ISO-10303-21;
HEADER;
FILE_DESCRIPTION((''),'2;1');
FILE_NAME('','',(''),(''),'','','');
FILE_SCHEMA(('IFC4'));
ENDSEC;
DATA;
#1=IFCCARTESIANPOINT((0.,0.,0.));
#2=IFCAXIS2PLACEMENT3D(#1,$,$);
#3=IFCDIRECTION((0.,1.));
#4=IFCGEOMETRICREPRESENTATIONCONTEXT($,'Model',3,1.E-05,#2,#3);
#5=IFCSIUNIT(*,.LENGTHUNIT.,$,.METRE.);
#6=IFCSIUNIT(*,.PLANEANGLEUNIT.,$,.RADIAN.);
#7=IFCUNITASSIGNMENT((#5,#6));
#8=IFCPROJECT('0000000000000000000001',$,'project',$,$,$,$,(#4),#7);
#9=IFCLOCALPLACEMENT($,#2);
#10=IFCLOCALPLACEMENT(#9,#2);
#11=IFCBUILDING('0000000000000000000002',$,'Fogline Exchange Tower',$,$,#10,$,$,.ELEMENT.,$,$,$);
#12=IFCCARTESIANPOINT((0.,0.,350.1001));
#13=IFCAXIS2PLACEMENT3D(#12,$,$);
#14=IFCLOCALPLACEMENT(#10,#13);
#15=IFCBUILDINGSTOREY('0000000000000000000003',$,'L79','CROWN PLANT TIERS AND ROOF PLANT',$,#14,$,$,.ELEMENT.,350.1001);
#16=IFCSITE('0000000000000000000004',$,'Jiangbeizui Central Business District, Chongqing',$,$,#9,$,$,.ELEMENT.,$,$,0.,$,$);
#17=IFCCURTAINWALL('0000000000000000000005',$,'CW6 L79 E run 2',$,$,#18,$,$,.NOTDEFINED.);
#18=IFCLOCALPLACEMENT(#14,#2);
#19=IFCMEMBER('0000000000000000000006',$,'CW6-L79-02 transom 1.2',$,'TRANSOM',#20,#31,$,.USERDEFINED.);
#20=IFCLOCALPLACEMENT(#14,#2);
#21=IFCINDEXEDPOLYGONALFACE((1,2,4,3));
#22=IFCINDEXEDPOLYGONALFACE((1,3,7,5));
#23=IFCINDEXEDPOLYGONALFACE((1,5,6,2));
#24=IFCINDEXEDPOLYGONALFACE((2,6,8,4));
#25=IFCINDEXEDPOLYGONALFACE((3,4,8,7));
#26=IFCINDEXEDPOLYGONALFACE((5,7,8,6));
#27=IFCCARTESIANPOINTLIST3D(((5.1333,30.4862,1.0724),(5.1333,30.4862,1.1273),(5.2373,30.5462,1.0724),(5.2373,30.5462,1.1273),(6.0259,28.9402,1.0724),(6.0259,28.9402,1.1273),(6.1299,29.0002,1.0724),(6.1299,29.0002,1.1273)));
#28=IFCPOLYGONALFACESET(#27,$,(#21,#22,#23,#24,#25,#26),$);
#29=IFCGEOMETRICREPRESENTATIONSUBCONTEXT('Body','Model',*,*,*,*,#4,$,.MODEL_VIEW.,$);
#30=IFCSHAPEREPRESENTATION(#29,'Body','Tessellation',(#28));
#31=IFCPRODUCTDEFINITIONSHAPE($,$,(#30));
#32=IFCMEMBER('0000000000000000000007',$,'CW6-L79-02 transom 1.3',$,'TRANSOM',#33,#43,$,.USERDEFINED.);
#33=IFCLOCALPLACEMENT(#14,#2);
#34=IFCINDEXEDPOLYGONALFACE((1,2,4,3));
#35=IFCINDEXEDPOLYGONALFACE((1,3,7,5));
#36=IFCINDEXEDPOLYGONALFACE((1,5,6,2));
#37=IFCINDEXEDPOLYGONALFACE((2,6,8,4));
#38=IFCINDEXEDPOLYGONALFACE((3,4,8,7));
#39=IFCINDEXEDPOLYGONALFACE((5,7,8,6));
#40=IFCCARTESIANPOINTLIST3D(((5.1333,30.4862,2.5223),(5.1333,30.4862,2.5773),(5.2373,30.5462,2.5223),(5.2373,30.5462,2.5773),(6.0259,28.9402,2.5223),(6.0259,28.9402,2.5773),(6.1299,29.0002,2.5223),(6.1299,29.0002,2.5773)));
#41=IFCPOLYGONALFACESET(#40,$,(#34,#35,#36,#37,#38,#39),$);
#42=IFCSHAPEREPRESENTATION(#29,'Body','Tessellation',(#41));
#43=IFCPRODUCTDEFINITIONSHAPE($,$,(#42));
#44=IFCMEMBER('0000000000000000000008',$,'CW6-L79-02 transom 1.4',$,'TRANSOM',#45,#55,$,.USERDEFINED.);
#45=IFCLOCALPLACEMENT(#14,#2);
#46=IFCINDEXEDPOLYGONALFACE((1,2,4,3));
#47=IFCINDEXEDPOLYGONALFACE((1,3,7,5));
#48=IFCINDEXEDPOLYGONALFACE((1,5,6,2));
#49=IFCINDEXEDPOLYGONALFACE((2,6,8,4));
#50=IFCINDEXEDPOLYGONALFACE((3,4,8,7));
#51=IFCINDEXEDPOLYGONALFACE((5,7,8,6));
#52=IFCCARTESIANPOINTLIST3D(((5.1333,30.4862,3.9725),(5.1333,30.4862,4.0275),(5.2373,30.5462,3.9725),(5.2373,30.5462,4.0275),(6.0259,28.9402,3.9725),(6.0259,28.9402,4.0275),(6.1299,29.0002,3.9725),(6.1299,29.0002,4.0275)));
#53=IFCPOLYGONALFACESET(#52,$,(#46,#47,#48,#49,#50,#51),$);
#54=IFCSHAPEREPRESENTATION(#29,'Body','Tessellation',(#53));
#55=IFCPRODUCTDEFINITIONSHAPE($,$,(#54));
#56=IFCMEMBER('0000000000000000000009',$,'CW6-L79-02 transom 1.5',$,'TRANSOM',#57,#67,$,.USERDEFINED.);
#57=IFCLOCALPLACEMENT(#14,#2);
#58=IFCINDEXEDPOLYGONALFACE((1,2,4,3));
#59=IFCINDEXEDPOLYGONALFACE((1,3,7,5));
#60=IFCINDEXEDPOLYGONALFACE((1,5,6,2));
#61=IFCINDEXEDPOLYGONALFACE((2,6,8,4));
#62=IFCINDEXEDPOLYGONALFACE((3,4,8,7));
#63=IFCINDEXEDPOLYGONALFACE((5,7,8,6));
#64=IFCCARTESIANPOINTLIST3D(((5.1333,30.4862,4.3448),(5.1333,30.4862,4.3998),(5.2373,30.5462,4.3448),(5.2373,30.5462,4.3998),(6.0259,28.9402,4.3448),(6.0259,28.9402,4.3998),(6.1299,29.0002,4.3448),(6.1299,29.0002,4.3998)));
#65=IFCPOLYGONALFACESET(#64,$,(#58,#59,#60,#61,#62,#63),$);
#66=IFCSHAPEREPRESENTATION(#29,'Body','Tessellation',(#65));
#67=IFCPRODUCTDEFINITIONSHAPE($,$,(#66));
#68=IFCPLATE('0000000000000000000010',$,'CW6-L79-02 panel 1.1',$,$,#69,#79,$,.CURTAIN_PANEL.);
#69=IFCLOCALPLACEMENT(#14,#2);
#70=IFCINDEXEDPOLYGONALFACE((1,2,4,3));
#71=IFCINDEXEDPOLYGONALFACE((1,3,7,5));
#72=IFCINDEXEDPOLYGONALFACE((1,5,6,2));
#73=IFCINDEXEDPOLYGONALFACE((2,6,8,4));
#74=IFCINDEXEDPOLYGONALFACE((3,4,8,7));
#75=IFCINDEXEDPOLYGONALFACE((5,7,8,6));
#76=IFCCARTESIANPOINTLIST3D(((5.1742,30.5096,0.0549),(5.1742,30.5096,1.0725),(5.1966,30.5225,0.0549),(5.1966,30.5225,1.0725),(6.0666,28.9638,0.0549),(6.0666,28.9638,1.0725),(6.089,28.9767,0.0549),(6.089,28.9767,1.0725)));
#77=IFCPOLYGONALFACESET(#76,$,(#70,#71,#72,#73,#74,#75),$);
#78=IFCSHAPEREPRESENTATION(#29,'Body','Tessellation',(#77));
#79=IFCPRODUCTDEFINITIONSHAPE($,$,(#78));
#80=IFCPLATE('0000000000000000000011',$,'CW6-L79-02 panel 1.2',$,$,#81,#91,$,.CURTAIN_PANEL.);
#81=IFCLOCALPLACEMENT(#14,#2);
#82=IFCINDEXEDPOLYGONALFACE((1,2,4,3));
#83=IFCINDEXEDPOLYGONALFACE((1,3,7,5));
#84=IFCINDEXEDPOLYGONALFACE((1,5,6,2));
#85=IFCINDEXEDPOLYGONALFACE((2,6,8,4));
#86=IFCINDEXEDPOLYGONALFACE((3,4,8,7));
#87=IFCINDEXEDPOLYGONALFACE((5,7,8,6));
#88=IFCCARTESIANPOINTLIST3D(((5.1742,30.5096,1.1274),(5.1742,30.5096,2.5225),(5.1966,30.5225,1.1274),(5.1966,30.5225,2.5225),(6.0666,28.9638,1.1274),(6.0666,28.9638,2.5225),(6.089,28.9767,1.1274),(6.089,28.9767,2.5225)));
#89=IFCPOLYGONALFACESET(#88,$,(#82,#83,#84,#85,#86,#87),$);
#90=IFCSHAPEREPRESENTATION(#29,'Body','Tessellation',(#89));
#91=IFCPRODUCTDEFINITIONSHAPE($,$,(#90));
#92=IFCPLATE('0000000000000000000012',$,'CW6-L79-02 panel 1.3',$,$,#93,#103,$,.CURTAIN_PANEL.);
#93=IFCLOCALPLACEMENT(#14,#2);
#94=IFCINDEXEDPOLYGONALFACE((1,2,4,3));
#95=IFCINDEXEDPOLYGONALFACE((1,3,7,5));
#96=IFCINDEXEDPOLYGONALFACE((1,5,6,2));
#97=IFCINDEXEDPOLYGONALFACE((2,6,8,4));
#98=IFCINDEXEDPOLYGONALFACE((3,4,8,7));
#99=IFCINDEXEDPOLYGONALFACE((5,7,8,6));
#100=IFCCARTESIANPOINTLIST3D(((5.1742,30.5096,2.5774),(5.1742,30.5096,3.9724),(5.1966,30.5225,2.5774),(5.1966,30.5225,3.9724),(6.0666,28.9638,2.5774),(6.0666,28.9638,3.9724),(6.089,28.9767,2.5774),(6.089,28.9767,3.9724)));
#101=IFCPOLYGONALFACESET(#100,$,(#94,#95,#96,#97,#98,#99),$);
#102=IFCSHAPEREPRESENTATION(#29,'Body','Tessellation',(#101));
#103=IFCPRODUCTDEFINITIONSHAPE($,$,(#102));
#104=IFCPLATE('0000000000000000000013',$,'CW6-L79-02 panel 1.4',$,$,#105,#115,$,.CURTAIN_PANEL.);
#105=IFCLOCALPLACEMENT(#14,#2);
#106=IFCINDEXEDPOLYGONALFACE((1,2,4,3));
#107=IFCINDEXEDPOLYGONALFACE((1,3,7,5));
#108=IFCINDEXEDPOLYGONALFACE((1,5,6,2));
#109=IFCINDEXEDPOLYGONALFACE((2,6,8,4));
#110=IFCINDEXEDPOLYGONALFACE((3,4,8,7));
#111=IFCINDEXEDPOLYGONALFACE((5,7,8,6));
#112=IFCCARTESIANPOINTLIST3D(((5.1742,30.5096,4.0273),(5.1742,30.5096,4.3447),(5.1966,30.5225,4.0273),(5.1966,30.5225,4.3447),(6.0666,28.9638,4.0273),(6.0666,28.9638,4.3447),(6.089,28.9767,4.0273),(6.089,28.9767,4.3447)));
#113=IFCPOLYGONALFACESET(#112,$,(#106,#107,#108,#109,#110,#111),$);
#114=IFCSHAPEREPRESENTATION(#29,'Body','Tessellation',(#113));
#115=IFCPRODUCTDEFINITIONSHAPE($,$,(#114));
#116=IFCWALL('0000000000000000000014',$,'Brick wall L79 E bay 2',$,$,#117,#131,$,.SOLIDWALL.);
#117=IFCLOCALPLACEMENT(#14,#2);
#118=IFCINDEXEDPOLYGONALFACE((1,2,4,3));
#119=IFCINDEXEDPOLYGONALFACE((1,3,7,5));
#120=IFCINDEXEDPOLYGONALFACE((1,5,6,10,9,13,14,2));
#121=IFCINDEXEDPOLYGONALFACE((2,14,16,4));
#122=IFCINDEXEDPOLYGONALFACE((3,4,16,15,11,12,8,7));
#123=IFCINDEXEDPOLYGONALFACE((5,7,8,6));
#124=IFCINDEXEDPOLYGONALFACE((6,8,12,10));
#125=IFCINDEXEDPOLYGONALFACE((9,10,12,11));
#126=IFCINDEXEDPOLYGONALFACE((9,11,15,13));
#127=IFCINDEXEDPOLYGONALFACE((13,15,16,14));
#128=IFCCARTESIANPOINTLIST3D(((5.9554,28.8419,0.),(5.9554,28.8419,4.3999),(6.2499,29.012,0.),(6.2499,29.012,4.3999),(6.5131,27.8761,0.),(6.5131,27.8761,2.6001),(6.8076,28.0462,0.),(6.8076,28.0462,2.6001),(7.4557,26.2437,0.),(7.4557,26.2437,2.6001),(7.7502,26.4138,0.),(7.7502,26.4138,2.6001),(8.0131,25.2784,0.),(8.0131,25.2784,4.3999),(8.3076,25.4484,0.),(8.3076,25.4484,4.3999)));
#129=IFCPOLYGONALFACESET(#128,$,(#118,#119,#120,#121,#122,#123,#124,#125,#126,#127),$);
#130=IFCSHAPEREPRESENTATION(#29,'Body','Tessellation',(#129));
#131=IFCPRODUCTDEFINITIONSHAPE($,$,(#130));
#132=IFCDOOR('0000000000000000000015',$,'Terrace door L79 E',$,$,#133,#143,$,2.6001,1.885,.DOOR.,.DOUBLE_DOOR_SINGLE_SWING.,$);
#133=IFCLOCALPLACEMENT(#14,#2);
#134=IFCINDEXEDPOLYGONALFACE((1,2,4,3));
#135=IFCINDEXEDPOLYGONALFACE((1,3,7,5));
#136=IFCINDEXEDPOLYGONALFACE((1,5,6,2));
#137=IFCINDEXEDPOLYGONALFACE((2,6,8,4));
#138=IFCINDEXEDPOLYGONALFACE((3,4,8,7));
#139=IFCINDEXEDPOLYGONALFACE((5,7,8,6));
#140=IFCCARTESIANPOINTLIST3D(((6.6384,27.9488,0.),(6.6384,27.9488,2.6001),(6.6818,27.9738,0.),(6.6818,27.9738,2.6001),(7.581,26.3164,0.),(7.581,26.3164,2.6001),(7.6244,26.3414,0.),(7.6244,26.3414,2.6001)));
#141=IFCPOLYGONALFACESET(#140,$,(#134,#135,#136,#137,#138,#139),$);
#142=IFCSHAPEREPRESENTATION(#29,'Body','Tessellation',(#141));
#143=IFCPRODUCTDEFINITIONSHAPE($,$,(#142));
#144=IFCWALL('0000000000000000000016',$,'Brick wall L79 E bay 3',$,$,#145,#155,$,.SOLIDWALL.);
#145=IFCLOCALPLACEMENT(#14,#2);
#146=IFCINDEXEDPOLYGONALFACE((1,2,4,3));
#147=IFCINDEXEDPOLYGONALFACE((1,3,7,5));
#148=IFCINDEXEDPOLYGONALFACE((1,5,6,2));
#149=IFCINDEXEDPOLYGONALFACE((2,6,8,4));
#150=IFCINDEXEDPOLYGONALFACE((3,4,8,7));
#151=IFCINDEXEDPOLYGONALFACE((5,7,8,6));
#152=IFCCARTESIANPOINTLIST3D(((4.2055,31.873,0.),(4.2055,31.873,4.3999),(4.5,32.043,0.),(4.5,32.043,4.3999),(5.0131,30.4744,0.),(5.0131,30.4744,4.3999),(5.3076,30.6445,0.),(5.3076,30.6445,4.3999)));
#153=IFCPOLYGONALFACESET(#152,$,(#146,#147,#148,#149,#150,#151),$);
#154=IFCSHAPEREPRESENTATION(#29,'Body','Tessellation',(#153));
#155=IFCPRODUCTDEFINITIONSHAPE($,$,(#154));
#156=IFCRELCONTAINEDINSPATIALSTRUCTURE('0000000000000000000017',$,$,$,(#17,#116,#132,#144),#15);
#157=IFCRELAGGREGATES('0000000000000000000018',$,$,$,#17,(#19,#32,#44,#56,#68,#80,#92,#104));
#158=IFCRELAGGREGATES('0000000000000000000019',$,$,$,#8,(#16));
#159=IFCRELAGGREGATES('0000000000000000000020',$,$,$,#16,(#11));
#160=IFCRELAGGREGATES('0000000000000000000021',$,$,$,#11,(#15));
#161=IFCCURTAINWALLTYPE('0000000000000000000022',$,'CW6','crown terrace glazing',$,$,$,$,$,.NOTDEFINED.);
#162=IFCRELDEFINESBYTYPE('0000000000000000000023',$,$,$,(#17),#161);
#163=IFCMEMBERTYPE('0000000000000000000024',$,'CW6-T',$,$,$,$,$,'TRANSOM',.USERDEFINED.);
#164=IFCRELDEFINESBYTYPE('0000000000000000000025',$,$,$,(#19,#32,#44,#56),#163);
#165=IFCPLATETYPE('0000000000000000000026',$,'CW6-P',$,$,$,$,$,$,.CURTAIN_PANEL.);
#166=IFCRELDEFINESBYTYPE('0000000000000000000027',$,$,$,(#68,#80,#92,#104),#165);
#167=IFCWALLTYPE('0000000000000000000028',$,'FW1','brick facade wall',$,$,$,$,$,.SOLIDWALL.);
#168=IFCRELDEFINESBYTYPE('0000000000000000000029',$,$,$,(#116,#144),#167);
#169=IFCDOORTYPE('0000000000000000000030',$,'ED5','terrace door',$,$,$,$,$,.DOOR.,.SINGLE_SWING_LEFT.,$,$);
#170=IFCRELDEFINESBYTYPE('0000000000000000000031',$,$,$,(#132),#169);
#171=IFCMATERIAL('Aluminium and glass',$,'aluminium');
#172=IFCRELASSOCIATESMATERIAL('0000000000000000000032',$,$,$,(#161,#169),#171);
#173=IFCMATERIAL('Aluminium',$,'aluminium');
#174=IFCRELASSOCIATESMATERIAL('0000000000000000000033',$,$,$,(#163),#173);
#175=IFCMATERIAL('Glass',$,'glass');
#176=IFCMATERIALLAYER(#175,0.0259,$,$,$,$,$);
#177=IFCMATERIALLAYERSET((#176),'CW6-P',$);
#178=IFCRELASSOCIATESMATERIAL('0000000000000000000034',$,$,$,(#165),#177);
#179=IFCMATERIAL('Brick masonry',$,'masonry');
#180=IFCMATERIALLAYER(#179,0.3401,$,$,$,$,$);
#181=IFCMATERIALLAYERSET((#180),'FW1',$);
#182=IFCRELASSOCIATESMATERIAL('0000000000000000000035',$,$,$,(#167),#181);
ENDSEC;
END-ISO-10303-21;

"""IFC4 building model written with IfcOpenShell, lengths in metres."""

from ifc_helpers import new_model, si_unit, direction, frame, frame_2d, origin, origin_2d, place, context, subcontext, project, spatial, rectangle, extrude, material, layer, layer_set, material_profile, profile_set, type_object, element, fill, aggregate, save


model = new_model("IFC4")

# Units and contexts
model_context = context("Model", 3, precision=1e-05, world=origin(), true_north=direction((0.0, 1.0)))
body_context = subcontext(model_context, "Body", "Model", "MODEL_VIEW")
ifc_project = project(units=[si_unit("LENGTHUNIT", "METRE"), si_unit("PLANEANGLEUNIT", "RADIAN")], contexts=[model_context])

# Site, building, storey
site_placement = place(None, origin())
site = spatial("IfcSite", under=ifc_project, at=site_placement, Name="Jiangbeizui Central Business District, Chongqing", CompositionType="ELEMENT", RefElevation=0.0)
building_placement = place(site_placement, origin())
building = spatial("IfcBuilding", under=site, at=building_placement, Name="Fogline Exchange Tower", CompositionType="ELEMENT")
storey_placement = place(building_placement, frame((0.0, 0.0, 350.1001)))
storey = spatial("IfcBuildingStorey", under=building, at=storey_placement, Name="L79", Description="CROWN PLANT TIERS AND ROOF PLANT", CompositionType="ELEMENT", Elevation=350.1001)

# Shared definitions
ifc_material_1 = material(Name="Aluminium and glass", Category="aluminium")
curtain_wall_type = type_object("IfcCurtainWallType", Name="CW6", Description="crown terrace glazing", PredefinedType="NOTDEFINED", material=ifc_material_1)
ifc_material_2 = material(Name="Aluminium", Category="aluminium")

# Curtain wall, members, plates
curtain_wall_1_placement = place(storey_placement, origin())
curtain_wall_1 = element("IfcCurtainWall", 1, at=curtain_wall_1_placement, inside=storey, type_object=curtain_wall_type, Name="CW6 L79 E run 2", PredefinedType="NOTDEFINED")
ifc_material_profile_1 = material_profile(ifc_material_2, rectangle(XDim=0.1201, YDim=0.0549, at=origin_2d()), Name="Transom 55x120")
ifc_profile_set_1 = profile_set([ifc_material_profile_1], Name="Aluminium")
member_type_1 = type_object("IfcMemberType", Name="CW6-T", ElementType="TRANSOM", PredefinedType="USERDEFINED", material=ifc_profile_set_1)
member_1_placement = place(storey_placement, frame((6.0779, 28.9702, 1.0999), z_axis=(-0.500022, 0.866012, 0.0), x_axis=(-0.866012, -0.500022, 0.0)))
member_1 = element("IfcMember", 2, at=member_1_placement, type_object=member_type_1, Name="CW6-L79-02 transom 1.2", ObjectType="TRANSOM", PredefinedType="USERDEFINED", context=body_context, shape_type="SweptSolid", body=[
    extrude(rectangle(XDim=0.1201, YDim=0.0549, at=origin_2d()), origin(), (0.0, 0.0, 1.0), 1.7852),
])
member_2_placement = place(storey_placement, frame((6.0779, 28.9702, 2.5498), z_axis=(-0.500022, 0.866012, 0.0), x_axis=(-0.866012, -0.500022, 0.0)))
member_2 = element("IfcMember", 3, at=member_2_placement, type_object=member_type_1, Name="CW6-L79-02 transom 1.3", ObjectType="TRANSOM", PredefinedType="USERDEFINED", context=body_context, shape_type="SweptSolid", body=[
    extrude(rectangle(XDim=0.1201, YDim=0.0549, at=origin_2d()), origin(), (0.0, 0.0, 1.0), 1.7852),
])
member_3_placement = place(storey_placement, frame((6.0779, 28.9702, 4.0), z_axis=(-0.500022, 0.866012, 0.0), x_axis=(-0.866012, -0.500022, 0.0)))
member_3 = element("IfcMember", 4, at=member_3_placement, type_object=member_type_1, Name="CW6-L79-02 transom 1.4", ObjectType="TRANSOM", PredefinedType="USERDEFINED", context=body_context, shape_type="SweptSolid", body=[
    extrude(rectangle(XDim=0.1201, YDim=0.0549, at=origin_2d()), origin(), (0.0, 0.0, 1.0), 1.7852),
])
member_4_placement = place(storey_placement, frame((6.0779, 28.9702, 4.3723), z_axis=(-0.500022, 0.866012, 0.0), x_axis=(-0.866012, -0.500022, 0.0)))
member_4 = element("IfcMember", 5, at=member_4_placement, type_object=member_type_1, Name="CW6-L79-02 transom 1.5", ObjectType="TRANSOM", PredefinedType="USERDEFINED", context=body_context, shape_type="SweptSolid", body=[
    extrude(rectangle(XDim=0.1201, YDim=0.0549, at=origin_2d()), origin(), (0.0, 0.0, 1.0), 1.7852),
])
ifc_material_3 = material(Name="Glass", Category="glass")
ifc_layer_1 = layer(ifc_material_3, 0.0259)
ifc_layer_set_1 = layer_set([ifc_layer_1], Name="CW6-P")
plate_type = type_object("IfcPlateType", Name="CW6-P", PredefinedType="CURTAIN_PANEL", material=ifc_layer_set_1)
plate_1_placement = place(storey_placement, frame((5.6316, 29.7432, 0.0549), z_axis=(0.0, 0.0, 1.0), x_axis=(-0.5, 0.866026, 0.0)))
plate_1 = element("IfcPlate", 6, at=plate_1_placement, type_object=plate_type, Name="CW6-L79-02 panel 1.1", PredefinedType="CURTAIN_PANEL", context=body_context, shape_type="SweptSolid", body=[
    extrude(rectangle(XDim=1.7849, YDim=0.0259, at=origin_2d()), origin(), (0.0, 0.0, 1.0), 1.0176),
])
plate_2_placement = place(storey_placement, frame((5.6316, 29.7432, 1.1274), z_axis=(0.0, 0.0, 1.0), x_axis=(-0.5, 0.866026, 0.0)))
plate_2 = element("IfcPlate", 7, at=plate_2_placement, type_object=plate_type, Name="CW6-L79-02 panel 1.2", PredefinedType="CURTAIN_PANEL", context=body_context, shape_type="SweptSolid", body=[
    extrude(rectangle(XDim=1.7849, YDim=0.0259, at=origin_2d()), origin(), (0.0, 0.0, 1.0), 1.395),
])
plate_3_placement = place(storey_placement, frame((5.6316, 29.7432, 2.5774), z_axis=(0.0, 0.0, 1.0), x_axis=(-0.5, 0.866026, 0.0)))
plate_3 = element("IfcPlate", 8, at=plate_3_placement, type_object=plate_type, Name="CW6-L79-02 panel 1.3", PredefinedType="CURTAIN_PANEL", context=body_context, shape_type="SweptSolid", body=[
    extrude(rectangle(XDim=1.7849, YDim=0.0259, at=origin_2d()), origin(), (0.0, 0.0, 1.0), 1.395),
])
plate_4_placement = place(storey_placement, frame((5.6316, 29.7432, 4.0273), z_axis=(0.0, 0.0, 1.0), x_axis=(-0.5, 0.866026, 0.0)))
plate_4 = element("IfcPlate", 9, at=plate_4_placement, type_object=plate_type, Name="CW6-L79-02 panel 1.4", PredefinedType="CURTAIN_PANEL", context=body_context, shape_type="SweptSolid", body=[
    extrude(rectangle(XDim=1.7849, YDim=0.0259, at=origin_2d()), origin(), (0.0, 0.0, 1.0), 0.3174),
])
aggregate(curtain_wall_1, [member_1, member_2, member_3, member_4, plate_1, plate_2, plate_3, plate_4])

# Wall, opening, door
ifc_material_4 = material(Name="Brick masonry", Category="masonry")
ifc_layer_2 = layer(ifc_material_4, 0.3401)
ifc_layer_set_2 = layer_set([ifc_layer_2], Name="FW1")
wall_type_1 = type_object("IfcWallType", Name="FW1", Description="brick facade wall", PredefinedType="SOLIDWALL", material=ifc_layer_set_2)
wall_1_placement = place(storey_placement, frame((8.1604, 25.3633, 0.0), z_axis=(0.0, 0.0, 1.0), x_axis=(-0.500044, 0.866, 0.0)))
wall_1 = element("IfcWall", 10, at=wall_1_placement, inside=storey, type_object=wall_type_1, Name="Brick wall L79 E bay 2", PredefinedType="SOLIDWALL", context=body_context, shape_type="SweptSolid", body=[
    extrude(rectangle(XDim=4.115, YDim=0.3401, at=frame_2d((2.0576, 0.0))), origin(), (0.0, 0.0, 1.0), 4.3999),
])
opening_1_placement = place(wall_1_placement, frame((1.115, 0.0, 0.0)))
opening_1 = element("IfcOpeningElement", 11, at=opening_1_placement, cuts=wall_1, PredefinedType="OPENING", context=body_context, shape_type="SweptSolid", body=[
    extrude(rectangle(XDim=1.885, YDim=2.6001, at=frame_2d((0.9424, 1.3))), frame((0.0, 0.1802, 0.0), z_axis=(0.0, -1.0, 0.0), x_axis=(1.0, 0.0, 0.0)), (0.0, 0.0, 1.0), 0.3601),
])
door_type_1 = type_object("IfcDoorType", Name="ED5", Description="terrace door", OperationType="SINGLE_SWING_LEFT", PredefinedType="DOOR", material=ifc_material_1)
door_1_placement = place(opening_1_placement, frame((1.885, 0.0, 0.0), z_axis=(0.0, 0.0, 1.0), x_axis=(-1.0, 0.0, 0.0)))
door_1 = element("IfcDoor", 12, at=door_1_placement, inside=storey, type_object=door_type_1, Name="Terrace door L79 E", OperationType="DOUBLE_DOOR_SINGLE_SWING", OverallHeight=2.6001, OverallWidth=1.885, PredefinedType="DOOR", context=body_context, shape_type="SweptSolid", body=[
    extrude(rectangle(XDim=1.885, YDim=2.6001, at=frame_2d((0.9424, 1.3))), frame((0.0, 0.0249, 0.0), z_axis=(0.0, -1.0, 0.0), x_axis=(1.0, 0.0, 0.0)), (0.0, 0.0, 1.0), 0.05),
])
fill(opening_1, door_1)

# Wall
wall_2_placement = place(storey_placement, frame((5.1604, 30.5593, 0.0), z_axis=(0.0, 0.0, 1.0), x_axis=(-0.500041, 0.866002, 0.0)))
element("IfcWall", 13, at=wall_2_placement, inside=storey, type_object=wall_type_1, Name="Brick wall L79 E bay 3", PredefinedType="SOLIDWALL", context=body_context, shape_type="SweptSolid", body=[
    extrude(rectangle(XDim=1.615, YDim=0.3401, at=frame_2d((0.8076, 0.0))), origin(), (0.0, 0.0, 1.0), 4.3999),
])

save(model, "model.ifc")
